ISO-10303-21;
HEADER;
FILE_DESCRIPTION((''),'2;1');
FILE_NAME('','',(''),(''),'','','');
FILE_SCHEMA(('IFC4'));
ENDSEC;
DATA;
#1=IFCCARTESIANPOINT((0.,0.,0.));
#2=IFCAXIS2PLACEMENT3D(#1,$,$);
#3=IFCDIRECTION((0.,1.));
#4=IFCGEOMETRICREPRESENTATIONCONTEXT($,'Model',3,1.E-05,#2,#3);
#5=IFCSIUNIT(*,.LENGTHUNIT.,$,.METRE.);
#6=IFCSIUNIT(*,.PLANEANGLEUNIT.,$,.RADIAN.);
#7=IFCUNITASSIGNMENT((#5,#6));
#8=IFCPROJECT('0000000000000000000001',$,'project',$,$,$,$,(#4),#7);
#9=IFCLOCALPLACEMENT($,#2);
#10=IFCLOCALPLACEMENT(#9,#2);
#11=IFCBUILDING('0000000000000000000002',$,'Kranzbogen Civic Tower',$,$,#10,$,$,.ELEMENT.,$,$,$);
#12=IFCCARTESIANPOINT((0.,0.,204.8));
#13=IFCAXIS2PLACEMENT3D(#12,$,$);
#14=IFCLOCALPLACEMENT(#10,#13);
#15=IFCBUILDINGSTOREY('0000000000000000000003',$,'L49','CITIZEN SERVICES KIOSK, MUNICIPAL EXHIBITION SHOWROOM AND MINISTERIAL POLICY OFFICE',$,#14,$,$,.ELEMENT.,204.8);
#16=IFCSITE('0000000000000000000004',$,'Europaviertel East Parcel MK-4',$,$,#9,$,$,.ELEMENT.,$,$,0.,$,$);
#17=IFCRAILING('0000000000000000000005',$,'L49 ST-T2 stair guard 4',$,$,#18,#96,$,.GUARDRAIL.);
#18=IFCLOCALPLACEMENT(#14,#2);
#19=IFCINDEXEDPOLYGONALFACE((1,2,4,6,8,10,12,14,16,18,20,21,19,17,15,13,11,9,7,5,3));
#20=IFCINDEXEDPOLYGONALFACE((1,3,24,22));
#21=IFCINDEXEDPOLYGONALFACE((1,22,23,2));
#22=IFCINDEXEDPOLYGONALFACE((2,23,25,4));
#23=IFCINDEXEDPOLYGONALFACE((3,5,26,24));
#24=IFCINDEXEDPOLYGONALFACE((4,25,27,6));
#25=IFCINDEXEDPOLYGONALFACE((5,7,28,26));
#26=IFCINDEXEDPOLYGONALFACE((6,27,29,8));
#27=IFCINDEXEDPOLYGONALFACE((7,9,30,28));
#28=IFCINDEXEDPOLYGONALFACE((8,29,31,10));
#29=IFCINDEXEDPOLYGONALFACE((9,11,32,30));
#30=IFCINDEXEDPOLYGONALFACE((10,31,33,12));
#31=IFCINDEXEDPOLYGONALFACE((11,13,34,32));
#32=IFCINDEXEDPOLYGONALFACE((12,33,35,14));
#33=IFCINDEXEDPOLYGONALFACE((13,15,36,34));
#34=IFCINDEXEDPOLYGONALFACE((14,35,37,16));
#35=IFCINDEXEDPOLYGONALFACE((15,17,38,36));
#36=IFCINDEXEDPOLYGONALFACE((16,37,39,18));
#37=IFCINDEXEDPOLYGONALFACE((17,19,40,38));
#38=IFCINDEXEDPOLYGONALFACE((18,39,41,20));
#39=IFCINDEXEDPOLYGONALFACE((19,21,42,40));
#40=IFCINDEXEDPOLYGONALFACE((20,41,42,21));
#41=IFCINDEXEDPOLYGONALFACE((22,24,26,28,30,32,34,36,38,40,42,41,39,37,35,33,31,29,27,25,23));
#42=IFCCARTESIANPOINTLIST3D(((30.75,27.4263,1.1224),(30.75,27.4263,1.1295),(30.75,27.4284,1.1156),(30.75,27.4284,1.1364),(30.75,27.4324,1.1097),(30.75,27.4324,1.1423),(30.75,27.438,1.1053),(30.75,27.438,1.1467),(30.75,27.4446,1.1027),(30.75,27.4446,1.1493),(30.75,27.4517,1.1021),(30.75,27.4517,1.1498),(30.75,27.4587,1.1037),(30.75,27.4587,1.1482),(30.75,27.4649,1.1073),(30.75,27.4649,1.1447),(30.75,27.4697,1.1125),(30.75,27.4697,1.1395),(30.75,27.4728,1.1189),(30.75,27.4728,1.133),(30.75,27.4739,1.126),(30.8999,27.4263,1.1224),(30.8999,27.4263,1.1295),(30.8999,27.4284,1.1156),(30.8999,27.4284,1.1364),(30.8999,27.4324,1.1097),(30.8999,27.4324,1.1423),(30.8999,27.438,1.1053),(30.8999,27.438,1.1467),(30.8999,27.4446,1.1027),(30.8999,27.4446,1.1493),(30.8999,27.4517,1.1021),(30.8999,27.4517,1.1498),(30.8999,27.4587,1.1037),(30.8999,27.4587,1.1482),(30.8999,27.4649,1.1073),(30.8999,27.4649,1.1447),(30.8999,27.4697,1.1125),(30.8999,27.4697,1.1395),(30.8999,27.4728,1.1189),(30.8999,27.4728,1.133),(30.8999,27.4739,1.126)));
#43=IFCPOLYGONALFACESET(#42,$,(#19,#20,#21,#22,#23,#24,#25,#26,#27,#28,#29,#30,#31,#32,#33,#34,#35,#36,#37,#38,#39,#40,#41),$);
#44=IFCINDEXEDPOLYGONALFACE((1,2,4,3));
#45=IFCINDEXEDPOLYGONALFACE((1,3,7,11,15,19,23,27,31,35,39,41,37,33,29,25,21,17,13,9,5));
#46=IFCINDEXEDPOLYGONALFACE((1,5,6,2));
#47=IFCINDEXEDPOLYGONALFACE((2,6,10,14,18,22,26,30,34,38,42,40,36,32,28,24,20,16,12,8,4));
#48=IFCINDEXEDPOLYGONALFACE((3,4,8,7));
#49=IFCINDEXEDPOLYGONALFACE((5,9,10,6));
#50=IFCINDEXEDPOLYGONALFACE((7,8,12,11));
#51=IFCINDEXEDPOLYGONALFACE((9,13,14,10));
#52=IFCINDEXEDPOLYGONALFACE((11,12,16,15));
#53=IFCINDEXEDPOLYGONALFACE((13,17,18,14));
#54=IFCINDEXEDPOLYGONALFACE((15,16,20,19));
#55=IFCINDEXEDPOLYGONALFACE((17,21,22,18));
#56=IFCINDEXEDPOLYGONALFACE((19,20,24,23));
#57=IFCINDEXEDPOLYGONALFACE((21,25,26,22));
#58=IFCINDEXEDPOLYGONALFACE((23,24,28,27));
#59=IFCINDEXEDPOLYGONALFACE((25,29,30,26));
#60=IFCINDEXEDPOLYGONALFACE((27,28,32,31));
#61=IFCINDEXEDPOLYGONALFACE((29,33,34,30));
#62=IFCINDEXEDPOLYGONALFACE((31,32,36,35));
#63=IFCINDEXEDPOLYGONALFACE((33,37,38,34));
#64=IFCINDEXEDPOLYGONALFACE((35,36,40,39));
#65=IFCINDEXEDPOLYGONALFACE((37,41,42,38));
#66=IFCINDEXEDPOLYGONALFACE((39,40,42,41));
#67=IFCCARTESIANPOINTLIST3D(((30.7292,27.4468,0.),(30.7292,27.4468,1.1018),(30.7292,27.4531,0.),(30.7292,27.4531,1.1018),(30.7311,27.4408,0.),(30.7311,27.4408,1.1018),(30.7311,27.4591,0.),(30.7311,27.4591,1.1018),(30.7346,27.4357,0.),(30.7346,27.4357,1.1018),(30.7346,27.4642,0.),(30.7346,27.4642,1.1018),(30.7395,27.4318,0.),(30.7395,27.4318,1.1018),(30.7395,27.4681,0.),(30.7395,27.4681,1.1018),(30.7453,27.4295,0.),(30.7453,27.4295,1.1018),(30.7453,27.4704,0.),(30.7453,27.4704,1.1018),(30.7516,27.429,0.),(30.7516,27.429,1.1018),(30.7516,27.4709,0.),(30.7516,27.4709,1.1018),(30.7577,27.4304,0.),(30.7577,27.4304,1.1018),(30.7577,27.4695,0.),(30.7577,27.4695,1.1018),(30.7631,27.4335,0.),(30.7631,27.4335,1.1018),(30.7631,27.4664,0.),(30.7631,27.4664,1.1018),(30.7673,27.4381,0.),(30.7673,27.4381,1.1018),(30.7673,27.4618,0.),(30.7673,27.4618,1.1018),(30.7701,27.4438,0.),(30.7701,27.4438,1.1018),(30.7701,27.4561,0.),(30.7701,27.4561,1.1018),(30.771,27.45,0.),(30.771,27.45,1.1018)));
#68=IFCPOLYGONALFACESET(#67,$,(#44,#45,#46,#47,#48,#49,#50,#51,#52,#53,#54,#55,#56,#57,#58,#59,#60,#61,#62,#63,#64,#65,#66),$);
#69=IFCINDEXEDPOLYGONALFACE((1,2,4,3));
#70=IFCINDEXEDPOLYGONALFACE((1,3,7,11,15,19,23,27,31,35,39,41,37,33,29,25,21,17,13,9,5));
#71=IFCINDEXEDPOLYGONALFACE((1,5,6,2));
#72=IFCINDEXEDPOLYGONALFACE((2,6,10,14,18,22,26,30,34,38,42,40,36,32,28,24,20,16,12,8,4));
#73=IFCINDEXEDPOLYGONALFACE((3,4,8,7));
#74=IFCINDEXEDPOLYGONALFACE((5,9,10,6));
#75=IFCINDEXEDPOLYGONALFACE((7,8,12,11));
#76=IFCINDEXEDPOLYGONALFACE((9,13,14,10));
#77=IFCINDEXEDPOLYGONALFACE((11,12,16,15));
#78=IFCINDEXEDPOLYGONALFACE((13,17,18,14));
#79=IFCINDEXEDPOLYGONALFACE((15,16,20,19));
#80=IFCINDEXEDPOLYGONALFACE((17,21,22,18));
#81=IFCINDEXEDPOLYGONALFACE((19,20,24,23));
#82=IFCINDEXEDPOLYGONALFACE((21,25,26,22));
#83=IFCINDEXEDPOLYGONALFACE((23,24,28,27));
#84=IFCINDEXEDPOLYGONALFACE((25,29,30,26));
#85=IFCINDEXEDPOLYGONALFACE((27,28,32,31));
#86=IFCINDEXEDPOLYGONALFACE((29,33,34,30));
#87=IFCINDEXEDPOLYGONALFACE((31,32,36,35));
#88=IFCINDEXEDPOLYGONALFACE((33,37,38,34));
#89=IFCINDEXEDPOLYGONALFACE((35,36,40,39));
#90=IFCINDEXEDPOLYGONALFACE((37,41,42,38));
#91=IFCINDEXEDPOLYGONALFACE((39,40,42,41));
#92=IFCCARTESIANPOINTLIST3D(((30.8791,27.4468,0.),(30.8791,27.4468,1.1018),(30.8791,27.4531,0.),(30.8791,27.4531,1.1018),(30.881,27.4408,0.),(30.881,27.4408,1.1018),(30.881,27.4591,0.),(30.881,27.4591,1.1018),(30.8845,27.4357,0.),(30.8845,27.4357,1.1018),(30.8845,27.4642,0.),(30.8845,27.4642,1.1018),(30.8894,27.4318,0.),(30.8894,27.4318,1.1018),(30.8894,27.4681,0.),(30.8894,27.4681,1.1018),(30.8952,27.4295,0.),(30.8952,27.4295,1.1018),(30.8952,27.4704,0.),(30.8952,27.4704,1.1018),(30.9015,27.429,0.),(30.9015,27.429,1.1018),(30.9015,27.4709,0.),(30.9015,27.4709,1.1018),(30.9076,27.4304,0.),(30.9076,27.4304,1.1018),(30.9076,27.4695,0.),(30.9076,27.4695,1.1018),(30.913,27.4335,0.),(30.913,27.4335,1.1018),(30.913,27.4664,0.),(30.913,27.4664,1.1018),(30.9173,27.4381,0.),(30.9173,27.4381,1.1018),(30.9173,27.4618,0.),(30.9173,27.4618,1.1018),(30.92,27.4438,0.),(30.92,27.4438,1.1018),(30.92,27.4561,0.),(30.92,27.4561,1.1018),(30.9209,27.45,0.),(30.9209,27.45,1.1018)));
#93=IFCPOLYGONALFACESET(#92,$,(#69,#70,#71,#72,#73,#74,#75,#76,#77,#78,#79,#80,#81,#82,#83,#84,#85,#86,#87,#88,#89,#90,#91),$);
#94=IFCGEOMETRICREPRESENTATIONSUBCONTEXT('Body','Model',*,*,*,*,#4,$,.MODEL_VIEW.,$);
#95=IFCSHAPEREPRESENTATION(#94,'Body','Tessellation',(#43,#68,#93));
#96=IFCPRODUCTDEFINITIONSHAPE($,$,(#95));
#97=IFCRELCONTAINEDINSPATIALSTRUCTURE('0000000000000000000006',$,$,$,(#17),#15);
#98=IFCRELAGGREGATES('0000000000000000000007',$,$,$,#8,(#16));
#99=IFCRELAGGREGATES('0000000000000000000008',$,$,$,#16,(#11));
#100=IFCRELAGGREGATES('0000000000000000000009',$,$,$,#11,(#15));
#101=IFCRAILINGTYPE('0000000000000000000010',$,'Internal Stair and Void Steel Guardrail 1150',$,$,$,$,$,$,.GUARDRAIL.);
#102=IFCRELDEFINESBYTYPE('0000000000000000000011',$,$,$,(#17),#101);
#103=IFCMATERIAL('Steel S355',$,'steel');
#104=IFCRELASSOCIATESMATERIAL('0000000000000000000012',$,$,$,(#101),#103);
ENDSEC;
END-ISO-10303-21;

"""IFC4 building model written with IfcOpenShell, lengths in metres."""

from ifc_helpers import new_model, si_unit, direction, frame, origin, origin_2d, place, context, subcontext, project, spatial, circle, extrude, material, type_object, element, save


model = new_model("IFC4")

# Units and contexts
model_context = context("Model", 3, precision=1e-05, world=origin(), true_north=direction((0.0, 1.0)))
body_context = subcontext(model_context, "Body", "Model", "MODEL_VIEW")
ifc_project = project(units=[si_unit("LENGTHUNIT", "METRE"), si_unit("PLANEANGLEUNIT", "RADIAN")], contexts=[model_context])

# Site, building, storey
site_placement = place(None, origin())
site = spatial("IfcSite", under=ifc_project, at=site_placement, Name="Europaviertel East Parcel MK-4", CompositionType="ELEMENT", RefElevation=0.0)
building_placement = place(site_placement, origin())
building = spatial("IfcBuilding", under=site, at=building_placement, Name="Kranzbogen Civic Tower", CompositionType="ELEMENT")
storey_placement = place(building_placement, frame((0.0, 0.0, 204.8)))
storey = spatial("IfcBuildingStorey", under=building, at=storey_placement, Name="L49", Description="CITIZEN SERVICES KIOSK, MUNICIPAL EXHIBITION SHOWROOM AND MINISTERIAL POLICY OFFICE", CompositionType="ELEMENT", Elevation=204.8)

# Shared definitions
ifc_material_1 = material(Name="Steel S355", Category="steel")

# Railing
railing_type_1 = type_object("IfcRailingType", Name="Internal Stair and Void Steel Guardrail 1150", PredefinedType="GUARDRAIL", material=ifc_material_1)
railing_1_placement = place(storey_placement, frame((30.75, 27.45, 0.0)))
element("IfcRailing", 1, at=railing_1_placement, inside=storey, type_object=railing_type_1, Name="L49 ST-T2 stair guard 4", PredefinedType="GUARDRAIL", context=body_context, shape_type="SweptSolid", body=[
    extrude(circle(Radius=0.0239, at=origin_2d()), frame((0.0, 0.0, 1.126), z_axis=(1.0, 0.0, 0.0), x_axis=(0.0, 1.0, 0.0)), (0.0, 0.0, 1.0), 0.1499),
    extrude(circle(Radius=0.021, at=origin_2d()), origin(), (0.0, 0.0, 1.0), 1.1018),
    extrude(circle(Radius=0.021, at=origin_2d()), frame((0.1499, 0.0, 0.0)), (0.0, 0.0, 1.0), 1.1018),
])

save(model, "model.ifc")
